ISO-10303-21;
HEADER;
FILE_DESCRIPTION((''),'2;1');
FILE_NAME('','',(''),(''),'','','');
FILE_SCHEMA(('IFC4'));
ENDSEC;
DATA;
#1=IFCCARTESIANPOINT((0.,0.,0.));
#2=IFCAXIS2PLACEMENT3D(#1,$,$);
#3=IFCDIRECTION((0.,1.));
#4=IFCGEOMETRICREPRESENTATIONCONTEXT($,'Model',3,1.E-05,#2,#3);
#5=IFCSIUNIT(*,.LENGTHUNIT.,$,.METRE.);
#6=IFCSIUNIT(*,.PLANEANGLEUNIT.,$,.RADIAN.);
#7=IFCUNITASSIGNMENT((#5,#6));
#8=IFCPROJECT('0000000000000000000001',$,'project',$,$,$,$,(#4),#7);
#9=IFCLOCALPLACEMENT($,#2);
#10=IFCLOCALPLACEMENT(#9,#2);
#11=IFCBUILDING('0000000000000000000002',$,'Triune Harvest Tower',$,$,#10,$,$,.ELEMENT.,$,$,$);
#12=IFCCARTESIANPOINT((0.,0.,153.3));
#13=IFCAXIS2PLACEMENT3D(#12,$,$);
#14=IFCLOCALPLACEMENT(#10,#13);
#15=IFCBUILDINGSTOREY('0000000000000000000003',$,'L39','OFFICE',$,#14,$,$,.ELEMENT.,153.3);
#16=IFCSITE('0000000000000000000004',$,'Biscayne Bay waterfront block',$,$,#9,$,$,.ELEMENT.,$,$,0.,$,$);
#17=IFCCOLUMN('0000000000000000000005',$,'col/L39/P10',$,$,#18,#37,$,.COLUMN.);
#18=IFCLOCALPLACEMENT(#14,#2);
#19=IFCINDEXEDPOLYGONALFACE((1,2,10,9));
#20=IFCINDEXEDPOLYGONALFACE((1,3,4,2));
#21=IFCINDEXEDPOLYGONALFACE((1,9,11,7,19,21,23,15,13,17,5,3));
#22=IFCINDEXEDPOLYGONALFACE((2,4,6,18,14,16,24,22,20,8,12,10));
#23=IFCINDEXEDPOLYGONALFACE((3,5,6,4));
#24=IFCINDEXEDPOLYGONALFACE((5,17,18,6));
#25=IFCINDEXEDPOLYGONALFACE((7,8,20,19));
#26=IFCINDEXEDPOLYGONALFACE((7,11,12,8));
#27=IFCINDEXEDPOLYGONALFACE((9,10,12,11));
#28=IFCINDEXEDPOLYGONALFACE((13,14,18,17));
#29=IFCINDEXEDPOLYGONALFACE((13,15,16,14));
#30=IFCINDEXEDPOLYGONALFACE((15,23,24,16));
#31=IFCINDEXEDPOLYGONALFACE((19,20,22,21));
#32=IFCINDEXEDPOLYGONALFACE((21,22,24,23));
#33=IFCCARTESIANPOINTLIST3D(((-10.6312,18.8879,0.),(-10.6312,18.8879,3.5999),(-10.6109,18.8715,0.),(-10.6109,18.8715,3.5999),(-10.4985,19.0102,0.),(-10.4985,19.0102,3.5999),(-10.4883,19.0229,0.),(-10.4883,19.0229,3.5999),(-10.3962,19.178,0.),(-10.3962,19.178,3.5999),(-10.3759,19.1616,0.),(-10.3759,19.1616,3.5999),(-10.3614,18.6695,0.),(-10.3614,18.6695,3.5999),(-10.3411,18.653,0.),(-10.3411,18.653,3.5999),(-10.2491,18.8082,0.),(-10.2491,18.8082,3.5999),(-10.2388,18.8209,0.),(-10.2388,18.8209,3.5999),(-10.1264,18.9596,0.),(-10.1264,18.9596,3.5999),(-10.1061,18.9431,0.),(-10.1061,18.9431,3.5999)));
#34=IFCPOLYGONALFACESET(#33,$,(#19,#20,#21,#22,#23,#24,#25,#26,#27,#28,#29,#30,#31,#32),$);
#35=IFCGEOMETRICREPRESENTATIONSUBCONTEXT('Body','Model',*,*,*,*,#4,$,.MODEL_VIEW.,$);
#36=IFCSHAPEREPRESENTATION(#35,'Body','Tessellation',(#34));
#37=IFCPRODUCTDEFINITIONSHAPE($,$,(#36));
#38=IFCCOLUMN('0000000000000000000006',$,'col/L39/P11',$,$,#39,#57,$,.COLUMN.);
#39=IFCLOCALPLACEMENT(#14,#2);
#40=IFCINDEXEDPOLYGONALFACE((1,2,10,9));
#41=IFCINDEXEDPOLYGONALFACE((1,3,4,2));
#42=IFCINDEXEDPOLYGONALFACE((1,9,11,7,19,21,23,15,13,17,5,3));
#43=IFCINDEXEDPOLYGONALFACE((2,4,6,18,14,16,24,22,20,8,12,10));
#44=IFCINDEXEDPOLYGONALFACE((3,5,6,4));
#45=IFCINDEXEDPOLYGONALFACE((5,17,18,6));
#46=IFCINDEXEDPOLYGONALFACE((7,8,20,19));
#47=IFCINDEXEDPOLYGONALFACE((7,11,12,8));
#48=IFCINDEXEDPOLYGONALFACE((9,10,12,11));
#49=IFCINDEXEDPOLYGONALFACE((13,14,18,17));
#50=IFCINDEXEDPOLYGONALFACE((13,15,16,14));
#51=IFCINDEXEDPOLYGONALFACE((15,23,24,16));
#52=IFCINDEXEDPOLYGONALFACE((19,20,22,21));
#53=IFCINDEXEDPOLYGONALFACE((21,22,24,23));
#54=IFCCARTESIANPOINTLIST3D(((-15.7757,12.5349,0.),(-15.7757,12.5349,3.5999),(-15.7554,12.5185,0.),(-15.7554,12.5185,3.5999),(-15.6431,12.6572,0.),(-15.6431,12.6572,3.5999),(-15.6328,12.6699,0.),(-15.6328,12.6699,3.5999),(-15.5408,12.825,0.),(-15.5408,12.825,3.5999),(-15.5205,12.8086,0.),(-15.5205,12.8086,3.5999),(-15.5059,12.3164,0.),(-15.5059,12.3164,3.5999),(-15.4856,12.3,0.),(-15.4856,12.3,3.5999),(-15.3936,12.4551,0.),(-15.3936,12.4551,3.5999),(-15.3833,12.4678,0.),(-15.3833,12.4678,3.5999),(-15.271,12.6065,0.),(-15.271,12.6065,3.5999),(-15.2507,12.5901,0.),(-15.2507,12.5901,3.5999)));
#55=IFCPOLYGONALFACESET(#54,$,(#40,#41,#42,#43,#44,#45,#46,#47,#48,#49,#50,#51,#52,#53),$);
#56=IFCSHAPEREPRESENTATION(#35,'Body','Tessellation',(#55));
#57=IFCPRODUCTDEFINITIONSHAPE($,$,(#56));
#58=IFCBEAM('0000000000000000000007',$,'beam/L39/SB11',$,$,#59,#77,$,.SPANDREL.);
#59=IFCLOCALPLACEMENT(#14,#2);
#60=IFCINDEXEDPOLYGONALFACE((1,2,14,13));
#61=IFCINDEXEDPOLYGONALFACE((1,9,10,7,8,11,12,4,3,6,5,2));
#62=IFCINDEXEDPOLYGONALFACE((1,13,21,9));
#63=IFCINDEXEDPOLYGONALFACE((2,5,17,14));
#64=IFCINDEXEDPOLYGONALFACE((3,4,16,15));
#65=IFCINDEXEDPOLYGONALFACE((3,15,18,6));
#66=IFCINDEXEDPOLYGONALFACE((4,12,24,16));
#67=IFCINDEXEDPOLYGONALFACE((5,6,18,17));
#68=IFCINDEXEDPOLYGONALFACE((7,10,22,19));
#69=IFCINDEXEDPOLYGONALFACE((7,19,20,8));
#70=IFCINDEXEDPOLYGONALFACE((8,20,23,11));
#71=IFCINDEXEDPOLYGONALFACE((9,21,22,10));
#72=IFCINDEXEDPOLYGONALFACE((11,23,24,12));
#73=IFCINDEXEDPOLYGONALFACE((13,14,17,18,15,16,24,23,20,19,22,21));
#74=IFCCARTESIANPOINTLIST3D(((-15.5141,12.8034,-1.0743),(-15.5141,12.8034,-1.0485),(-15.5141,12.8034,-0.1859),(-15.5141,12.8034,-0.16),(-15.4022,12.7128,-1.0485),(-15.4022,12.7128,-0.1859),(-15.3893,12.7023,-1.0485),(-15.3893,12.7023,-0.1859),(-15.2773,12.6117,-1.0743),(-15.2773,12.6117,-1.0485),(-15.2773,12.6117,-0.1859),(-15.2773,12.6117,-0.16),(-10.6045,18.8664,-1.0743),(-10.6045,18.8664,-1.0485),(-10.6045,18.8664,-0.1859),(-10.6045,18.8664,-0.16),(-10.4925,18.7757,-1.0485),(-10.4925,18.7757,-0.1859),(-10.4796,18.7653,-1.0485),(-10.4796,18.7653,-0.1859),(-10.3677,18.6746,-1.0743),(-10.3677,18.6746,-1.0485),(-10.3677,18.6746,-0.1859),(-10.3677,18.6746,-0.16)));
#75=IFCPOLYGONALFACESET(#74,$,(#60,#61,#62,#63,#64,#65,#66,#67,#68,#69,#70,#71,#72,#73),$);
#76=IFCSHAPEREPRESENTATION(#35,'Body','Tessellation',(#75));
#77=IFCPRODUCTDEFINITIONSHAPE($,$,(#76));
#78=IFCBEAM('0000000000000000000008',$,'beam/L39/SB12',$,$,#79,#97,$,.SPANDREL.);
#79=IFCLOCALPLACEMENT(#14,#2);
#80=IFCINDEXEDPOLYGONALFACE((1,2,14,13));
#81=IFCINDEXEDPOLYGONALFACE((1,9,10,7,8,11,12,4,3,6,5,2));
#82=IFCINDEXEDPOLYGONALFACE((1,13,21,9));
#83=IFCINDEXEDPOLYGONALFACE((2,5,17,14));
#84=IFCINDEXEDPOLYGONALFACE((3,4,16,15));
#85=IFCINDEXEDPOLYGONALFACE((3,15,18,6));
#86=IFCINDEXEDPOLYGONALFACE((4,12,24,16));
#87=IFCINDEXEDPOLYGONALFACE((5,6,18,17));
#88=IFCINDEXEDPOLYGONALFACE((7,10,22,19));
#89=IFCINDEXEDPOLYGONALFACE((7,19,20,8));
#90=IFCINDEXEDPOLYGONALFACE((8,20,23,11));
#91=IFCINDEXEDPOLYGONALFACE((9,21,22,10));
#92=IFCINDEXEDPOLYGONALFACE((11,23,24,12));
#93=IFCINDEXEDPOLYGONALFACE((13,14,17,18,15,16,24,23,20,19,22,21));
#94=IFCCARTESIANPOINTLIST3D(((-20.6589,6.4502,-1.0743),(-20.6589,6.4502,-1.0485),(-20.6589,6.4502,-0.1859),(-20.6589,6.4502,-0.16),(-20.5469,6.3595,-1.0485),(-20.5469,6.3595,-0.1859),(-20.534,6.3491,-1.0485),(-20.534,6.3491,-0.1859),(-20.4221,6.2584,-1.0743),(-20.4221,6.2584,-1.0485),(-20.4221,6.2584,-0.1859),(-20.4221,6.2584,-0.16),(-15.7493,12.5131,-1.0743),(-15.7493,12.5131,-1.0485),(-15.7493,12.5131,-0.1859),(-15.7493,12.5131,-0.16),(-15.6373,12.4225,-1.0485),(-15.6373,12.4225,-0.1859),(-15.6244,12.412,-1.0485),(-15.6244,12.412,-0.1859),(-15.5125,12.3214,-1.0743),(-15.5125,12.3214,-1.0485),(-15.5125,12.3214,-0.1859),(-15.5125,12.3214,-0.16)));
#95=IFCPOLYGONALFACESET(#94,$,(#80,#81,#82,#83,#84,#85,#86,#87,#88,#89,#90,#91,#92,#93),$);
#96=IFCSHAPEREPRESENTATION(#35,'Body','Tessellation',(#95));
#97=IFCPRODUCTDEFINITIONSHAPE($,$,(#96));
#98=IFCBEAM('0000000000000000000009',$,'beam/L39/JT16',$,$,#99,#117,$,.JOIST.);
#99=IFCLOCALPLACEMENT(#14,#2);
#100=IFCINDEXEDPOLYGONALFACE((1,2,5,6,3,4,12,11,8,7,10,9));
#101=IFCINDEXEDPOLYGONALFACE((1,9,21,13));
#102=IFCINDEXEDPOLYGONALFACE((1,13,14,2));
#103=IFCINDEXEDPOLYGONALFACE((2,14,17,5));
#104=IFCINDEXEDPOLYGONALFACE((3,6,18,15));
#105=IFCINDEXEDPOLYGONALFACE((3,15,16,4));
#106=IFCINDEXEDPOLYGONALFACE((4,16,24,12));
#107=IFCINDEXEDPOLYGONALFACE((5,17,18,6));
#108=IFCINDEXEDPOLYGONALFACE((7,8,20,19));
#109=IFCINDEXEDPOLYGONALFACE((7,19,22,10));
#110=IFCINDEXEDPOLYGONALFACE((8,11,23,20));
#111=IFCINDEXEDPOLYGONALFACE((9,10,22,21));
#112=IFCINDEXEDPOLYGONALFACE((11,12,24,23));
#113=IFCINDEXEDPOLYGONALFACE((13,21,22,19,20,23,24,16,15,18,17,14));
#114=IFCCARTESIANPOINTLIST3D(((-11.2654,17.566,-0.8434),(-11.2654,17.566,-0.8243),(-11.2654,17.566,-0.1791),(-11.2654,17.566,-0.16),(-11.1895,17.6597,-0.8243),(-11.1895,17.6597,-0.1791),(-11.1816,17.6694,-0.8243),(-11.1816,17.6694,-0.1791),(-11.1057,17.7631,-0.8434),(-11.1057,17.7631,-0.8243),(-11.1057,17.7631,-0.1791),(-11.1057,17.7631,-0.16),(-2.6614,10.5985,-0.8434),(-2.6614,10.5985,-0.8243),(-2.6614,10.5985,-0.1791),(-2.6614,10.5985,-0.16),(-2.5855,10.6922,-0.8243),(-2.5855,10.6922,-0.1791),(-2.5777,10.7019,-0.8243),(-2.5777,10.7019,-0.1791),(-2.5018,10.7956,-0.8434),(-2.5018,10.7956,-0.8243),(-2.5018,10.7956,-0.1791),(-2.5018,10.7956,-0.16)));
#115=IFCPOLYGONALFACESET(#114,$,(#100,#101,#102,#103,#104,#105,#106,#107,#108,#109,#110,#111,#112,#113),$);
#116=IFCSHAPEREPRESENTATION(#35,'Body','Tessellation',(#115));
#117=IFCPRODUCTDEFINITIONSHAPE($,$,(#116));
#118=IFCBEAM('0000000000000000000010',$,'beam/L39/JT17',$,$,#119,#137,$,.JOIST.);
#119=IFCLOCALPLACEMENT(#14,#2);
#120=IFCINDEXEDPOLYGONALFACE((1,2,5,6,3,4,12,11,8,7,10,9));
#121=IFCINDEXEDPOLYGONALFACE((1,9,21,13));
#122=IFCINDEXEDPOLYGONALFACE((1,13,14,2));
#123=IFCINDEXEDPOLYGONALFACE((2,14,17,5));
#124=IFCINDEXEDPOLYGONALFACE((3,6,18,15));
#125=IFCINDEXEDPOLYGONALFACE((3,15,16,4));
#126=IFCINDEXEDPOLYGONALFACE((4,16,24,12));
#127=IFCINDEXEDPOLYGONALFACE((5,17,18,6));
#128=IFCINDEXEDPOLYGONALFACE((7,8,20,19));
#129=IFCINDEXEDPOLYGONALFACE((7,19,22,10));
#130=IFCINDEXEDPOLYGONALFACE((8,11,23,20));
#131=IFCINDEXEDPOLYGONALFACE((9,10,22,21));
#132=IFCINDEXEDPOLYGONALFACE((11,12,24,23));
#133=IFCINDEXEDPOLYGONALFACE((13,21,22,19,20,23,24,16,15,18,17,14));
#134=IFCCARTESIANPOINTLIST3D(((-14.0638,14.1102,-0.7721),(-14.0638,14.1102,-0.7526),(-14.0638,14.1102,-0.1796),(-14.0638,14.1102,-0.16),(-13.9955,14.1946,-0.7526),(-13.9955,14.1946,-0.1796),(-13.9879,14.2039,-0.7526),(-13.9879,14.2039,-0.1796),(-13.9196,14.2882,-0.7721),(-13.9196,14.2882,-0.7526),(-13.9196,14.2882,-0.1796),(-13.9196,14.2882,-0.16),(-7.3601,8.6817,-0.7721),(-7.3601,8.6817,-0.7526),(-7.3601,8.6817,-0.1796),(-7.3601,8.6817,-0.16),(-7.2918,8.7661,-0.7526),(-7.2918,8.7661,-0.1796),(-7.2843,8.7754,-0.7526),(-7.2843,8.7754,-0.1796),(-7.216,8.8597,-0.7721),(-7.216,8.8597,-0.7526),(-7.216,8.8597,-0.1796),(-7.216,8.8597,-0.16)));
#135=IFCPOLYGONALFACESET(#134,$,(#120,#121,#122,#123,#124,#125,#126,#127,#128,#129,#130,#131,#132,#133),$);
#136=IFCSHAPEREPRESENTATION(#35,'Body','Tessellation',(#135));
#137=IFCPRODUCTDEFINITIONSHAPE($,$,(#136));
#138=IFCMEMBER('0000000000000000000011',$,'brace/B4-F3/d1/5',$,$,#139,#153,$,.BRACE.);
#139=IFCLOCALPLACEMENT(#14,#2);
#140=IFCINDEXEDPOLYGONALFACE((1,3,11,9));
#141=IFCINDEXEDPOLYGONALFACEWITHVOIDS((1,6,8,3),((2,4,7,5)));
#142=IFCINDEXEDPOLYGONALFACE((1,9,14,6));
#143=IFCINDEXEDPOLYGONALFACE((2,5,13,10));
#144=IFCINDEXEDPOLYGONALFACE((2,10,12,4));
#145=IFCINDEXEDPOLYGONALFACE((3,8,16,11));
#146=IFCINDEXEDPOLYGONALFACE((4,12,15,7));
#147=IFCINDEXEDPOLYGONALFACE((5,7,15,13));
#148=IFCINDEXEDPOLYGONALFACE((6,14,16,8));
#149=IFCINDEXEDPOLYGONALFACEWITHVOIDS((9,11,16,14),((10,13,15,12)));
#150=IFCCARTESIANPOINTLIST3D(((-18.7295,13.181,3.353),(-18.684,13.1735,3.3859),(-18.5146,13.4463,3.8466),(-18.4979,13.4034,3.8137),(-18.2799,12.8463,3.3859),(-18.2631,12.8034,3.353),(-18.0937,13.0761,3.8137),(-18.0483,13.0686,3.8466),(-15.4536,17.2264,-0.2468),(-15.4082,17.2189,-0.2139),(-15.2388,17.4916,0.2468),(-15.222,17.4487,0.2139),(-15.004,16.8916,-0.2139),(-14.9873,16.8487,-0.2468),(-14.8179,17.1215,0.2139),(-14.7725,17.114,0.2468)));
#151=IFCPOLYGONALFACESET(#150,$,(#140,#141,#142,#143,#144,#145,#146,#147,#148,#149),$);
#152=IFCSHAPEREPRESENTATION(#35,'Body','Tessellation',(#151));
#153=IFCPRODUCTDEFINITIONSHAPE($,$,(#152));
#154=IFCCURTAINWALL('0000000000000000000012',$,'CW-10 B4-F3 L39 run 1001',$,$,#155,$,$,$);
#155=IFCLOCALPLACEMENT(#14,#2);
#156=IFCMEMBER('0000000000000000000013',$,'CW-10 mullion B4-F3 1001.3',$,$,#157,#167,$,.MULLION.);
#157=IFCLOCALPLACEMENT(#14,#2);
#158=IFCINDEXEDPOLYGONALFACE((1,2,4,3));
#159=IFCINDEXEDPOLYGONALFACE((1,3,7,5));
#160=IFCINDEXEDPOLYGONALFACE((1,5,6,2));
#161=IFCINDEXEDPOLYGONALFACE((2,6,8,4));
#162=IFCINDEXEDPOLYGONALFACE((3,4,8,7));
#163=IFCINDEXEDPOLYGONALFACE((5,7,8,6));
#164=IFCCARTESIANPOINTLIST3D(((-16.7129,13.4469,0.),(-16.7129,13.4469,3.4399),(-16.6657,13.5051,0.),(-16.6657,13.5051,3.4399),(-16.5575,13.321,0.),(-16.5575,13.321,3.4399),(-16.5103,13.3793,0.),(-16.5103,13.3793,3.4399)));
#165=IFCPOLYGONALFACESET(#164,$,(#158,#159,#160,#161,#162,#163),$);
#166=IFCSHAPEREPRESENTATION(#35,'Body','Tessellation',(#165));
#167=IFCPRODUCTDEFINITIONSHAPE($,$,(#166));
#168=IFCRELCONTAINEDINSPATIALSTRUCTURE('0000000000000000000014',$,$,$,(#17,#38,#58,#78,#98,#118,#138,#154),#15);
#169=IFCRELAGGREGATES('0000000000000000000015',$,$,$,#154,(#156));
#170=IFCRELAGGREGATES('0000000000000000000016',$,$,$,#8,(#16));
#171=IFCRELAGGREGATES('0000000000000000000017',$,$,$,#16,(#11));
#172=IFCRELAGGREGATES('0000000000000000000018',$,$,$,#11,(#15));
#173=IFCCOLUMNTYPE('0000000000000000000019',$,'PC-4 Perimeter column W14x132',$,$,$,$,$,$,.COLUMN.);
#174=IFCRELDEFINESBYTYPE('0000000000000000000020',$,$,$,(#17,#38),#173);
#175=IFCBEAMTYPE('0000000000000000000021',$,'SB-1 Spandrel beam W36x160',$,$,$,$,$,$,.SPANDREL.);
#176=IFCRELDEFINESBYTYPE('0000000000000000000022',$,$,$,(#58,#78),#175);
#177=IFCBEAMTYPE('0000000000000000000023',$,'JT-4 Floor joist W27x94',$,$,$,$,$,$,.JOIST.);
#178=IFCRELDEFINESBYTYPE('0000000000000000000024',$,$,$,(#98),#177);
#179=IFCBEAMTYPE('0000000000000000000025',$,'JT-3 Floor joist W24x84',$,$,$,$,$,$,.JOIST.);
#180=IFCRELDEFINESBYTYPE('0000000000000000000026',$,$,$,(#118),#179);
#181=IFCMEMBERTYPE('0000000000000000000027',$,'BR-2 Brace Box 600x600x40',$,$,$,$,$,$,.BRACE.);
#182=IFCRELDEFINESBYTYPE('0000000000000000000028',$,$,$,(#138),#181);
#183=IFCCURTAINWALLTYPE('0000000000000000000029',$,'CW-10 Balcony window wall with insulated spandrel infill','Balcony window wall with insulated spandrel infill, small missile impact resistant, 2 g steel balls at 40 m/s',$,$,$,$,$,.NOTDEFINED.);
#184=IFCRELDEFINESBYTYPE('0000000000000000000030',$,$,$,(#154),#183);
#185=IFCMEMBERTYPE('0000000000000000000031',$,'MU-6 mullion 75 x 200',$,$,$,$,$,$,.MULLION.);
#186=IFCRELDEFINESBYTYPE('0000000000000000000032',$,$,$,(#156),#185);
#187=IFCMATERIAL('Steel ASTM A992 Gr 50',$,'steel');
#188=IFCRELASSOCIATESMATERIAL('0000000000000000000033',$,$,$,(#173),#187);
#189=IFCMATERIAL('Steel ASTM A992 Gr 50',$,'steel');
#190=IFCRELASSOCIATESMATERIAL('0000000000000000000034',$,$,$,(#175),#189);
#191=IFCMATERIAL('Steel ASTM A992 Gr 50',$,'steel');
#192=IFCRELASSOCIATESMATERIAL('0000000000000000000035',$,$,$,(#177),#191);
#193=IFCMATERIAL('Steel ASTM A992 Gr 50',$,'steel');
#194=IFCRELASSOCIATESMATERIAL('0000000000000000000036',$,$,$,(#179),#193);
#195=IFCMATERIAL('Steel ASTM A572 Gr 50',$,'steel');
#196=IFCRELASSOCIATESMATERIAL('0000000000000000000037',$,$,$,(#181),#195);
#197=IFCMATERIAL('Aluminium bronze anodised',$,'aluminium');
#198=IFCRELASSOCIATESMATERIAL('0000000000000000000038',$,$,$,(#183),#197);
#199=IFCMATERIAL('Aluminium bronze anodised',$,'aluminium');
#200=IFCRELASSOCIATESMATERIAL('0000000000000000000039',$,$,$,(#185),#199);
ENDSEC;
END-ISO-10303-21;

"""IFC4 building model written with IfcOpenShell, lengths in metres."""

from ifc_helpers import new_model, si_unit, direction, frame, origin, origin_2d, place, context, subcontext, project, spatial, rectangle, hollow_rectangle, i_section, extrude, source, transform, mapped, material, material_profile, profile_set, type_object, element, aggregate, save


model = new_model("IFC4")

# Units and contexts
model_context = context("Model", 3, precision=1e-05, world=origin(), true_north=direction((0.0, 1.0)))
body_context = subcontext(model_context, "Body", "Model", "MODEL_VIEW")
ifc_project = project(units=[si_unit("LENGTHUNIT", "METRE"), si_unit("PLANEANGLEUNIT", "RADIAN")], contexts=[model_context])

# Site, building, storey
site_placement = place(None, origin())
site = spatial("IfcSite", under=ifc_project, at=site_placement, Name="Biscayne Bay waterfront block", CompositionType="ELEMENT", RefElevation=0.0)
building_placement = place(site_placement, origin())
building = spatial("IfcBuilding", under=site, at=building_placement, Name="Triune Harvest Tower", CompositionType="ELEMENT")
storey_placement = place(building_placement, frame((0.0, 0.0, 153.3)))
storey = spatial("IfcBuildingStorey", under=building, at=storey_placement, Name="L39", Description="OFFICE", CompositionType="ELEMENT", Elevation=153.3)

# Columns
ifc_material_1 = material(Name="Steel ASTM A992 Gr 50", Category="steel")
ifc_material_profile_1 = material_profile(ifc_material_1, i_section(OverallWidth=0.3733, OverallDepth=0.3733, WebThickness=0.0164, FlangeThickness=0.0261, at=origin_2d()), Name="W14x132")
ifc_profile_set_1 = profile_set([ifc_material_profile_1], Name="Steel ASTM A992 Gr 50")
column_type = type_object("IfcColumnType", Name="PC-4 Perimeter column W14x132", PredefinedType="COLUMN", material=ifc_profile_set_1)
shared_shape_1 = source(origin(), body_context, "Body", "SweptSolid", [
    extrude(i_section(OverallWidth=0.3733, OverallDepth=0.3733, WebThickness=0.0164, FlangeThickness=0.0261, at=origin_2d()), origin(), (0.0, 0.0, 1.0), 3.5999),
])
for number, where, z_axis, x_axis, name in (
    (1, (-10.3687, 18.9155, 0.0), (0.0, 0.0, 1.0), (-0.629322, -0.777145, 0.0), "col/L39/P10"),
    (2, (-15.5132, 12.5625, 0.0), (0.0, 0.0, 1.0), (-0.629322, -0.777145, 0.0), "col/L39/P11"),
):
    element("IfcColumn", number, at=place(storey_placement, frame(where, z_axis=z_axis, x_axis=x_axis)), inside=storey, type_object=column_type, Name=name, PredefinedType="COLUMN", context=body_context, shape_type="MappedRepresentation", body=[
        mapped(shared_shape_1, transform((0.0, 0.0, 0.0), scale=1.0)),
    ])

# Beams
ifc_material_2 = material(Name="Steel ASTM A992 Gr 50", Category="steel")
ifc_material_profile_2 = material_profile(ifc_material_2, i_section(OverallWidth=0.3047, OverallDepth=0.9143, WebThickness=0.0166, FlangeThickness=0.0259, at=origin_2d()), Name="W36x160")
ifc_profile_set_2 = profile_set([ifc_material_profile_2], Name="Steel ASTM A992 Gr 50")
beam_type_1 = type_object("IfcBeamType", Name="SB-1 Spandrel beam W36x160", PredefinedType="SPANDREL", material=ifc_profile_set_2)
shared_shape_2 = source(origin(), body_context, "Body", "SweptSolid", [
    extrude(i_section(OverallWidth=0.3047, OverallDepth=0.9143, WebThickness=0.0166, FlangeThickness=0.0259, at=origin_2d()), origin(), (0.0, 0.0, 1.0), 7.8015),
])
for number, where, z_axis, x_axis, name in (
    (3, (-10.4861, 18.7705, -0.6172), (-0.629317, -0.777149, 0.0), (0.777149, -0.629317, 0.0), "beam/L39/SB11"),
    (4, (-15.6309, 12.4172, -0.6172), (-0.629317, -0.777149, 0.0), (0.777149, -0.629317, 0.0), "beam/L39/SB12"),
):
    element("IfcBeam", number, at=place(storey_placement, frame(where, z_axis=z_axis, x_axis=x_axis)), inside=storey, type_object=beam_type_1, Name=name, PredefinedType="SPANDREL", context=body_context, shape_type="MappedRepresentation", body=[
        mapped(shared_shape_2, transform((0.0, 0.0, 0.0), scale=1.0)),
    ])
ifc_material_3 = material(Name="Steel ASTM A992 Gr 50", Category="steel")
ifc_material_profile_3 = material_profile(ifc_material_3, i_section(OverallWidth=0.2537, OverallDepth=0.6833, WebThickness=0.0125, FlangeThickness=0.019, at=origin_2d()), Name="W27x94")
ifc_profile_set_3 = profile_set([ifc_material_profile_3], Name="Steel ASTM A992 Gr 50")
beam_type_2 = type_object("IfcBeamType", Name="JT-4 Floor joist W27x94", PredefinedType="JOIST", material=ifc_profile_set_3)
shared_shape_3 = source(origin(), body_context, "Body", "SweptSolid", [
    extrude(i_section(OverallWidth=0.2537, OverallDepth=0.6833, WebThickness=0.0125, FlangeThickness=0.019, at=origin_2d()), origin(), (0.0, 0.0, 1.0), 11.0713),
])
beam_1_placement = place(storey_placement, frame((-11.1855, 17.6646, -0.5017), z_axis=(0.77714, -0.629328, 0.0), x_axis=(0.629328, 0.77714, 0.0)))
element("IfcBeam", 5, at=beam_1_placement, inside=storey, type_object=beam_type_2, Name="beam/L39/JT16", PredefinedType="JOIST", context=body_context, shape_type="MappedRepresentation", body=[
    mapped(shared_shape_3, transform((0.0, 0.0, 0.0), scale=1.0)),
])
ifc_material_4 = material(Name="Steel ASTM A992 Gr 50", Category="steel")
ifc_material_profile_4 = material_profile(ifc_material_4, i_section(OverallWidth=0.229, OverallDepth=0.6121, WebThickness=0.012, FlangeThickness=0.0195, at=origin_2d()), Name="W24x84")
ifc_profile_set_4 = profile_set([ifc_material_profile_4], Name="Steel ASTM A992 Gr 50")
beam_type_3 = type_object("IfcBeamType", Name="JT-3 Floor joist W24x84", PredefinedType="JOIST", material=ifc_profile_set_4)
shared_shape_4 = source(origin(), body_context, "Body", "SweptSolid", [
    extrude(i_section(OverallWidth=0.229, OverallDepth=0.6121, WebThickness=0.012, FlangeThickness=0.0195, at=origin_2d()), origin(), (0.0, 0.0, 1.0), 8.626),
])
beam_2_placement = place(storey_placement, frame((-13.9917, 14.1992, -0.4661), z_axis=(0.777147, -0.62932, 0.0), x_axis=(0.62932, 0.777147, 0.0)))
element("IfcBeam", 6, at=beam_2_placement, inside=storey, type_object=beam_type_3, Name="beam/L39/JT17", PredefinedType="JOIST", context=body_context, shape_type="MappedRepresentation", body=[
    mapped(shared_shape_4, transform((0.0, 0.0, 0.0), scale=1.0)),
])

# Member
ifc_material_5 = material(Name="Steel ASTM A572 Gr 50", Category="steel")
ifc_material_profile_5 = material_profile(ifc_material_5, hollow_rectangle(XDim=0.6001, YDim=0.6001, WallThickness=0.04, at=origin_2d()), Name="Box 600x600x40")
ifc_profile_set_5 = profile_set([ifc_material_profile_5], Name="Steel ASTM A572 Gr 50")
member_type_1 = type_object("IfcMemberType", Name="BR-2 Brace Box 600x600x40", PredefinedType="BRACE", material=ifc_profile_set_5)
shared_shape_5 = source(origin(), body_context, "Body", "SweptSolid", [
    extrude(hollow_rectangle(XDim=0.6001, YDim=0.6001, WallThickness=0.04, at=origin_2d()), origin(), (0.0, 0.0, 1.0), 6.3289),
])
member_1_placement = place(storey_placement, frame((-15.113, 17.1702, 0.0), z_axis=(-0.517602, -0.639191, 0.568791), x_axis=(0.777149, -0.629317, 0.0)))
element("IfcMember", 7, at=member_1_placement, inside=storey, type_object=member_type_1, Name="brace/B4-F3/d1/5", PredefinedType="BRACE", context=body_context, shape_type="MappedRepresentation", body=[
    mapped(shared_shape_5, transform((0.0, 0.0, 0.0), scale=1.0)),
])

# Curtain wall, member
ifc_material_6 = material(Name="Aluminium bronze anodised", Category="aluminium")
curtain_wall_type = type_object("IfcCurtainWallType", Name="CW-10 Balcony window wall with insulated spandrel infill", Description="Balcony window wall with insulated spandrel infill, small missile impact resistant, 2 g steel balls at 40 m/s", PredefinedType="NOTDEFINED", material=ifc_material_6)
curtain_wall_placement = place(storey_placement, origin())
curtain_wall = element("IfcCurtainWall", 8, at=curtain_wall_placement, inside=storey, type_object=curtain_wall_type, Name="CW-10 B4-F3 L39 run 1001")
ifc_material_7 = material(Name="Aluminium bronze anodised", Category="aluminium")
ifc_material_profile_6 = material_profile(ifc_material_7, rectangle(XDim=0.2, YDim=0.075, at=origin_2d()), Name="MU-6 mullion 75 x 200")
ifc_profile_set_6 = profile_set([ifc_material_profile_6], Name="Aluminium bronze anodised")
member_type_2 = type_object("IfcMemberType", Name="MU-6 mullion 75 x 200", PredefinedType="MULLION", material=ifc_profile_set_6)
shared_shape_6 = source(origin(), body_context, "Body", "SweptSolid", [
    extrude(rectangle(XDim=0.2, YDim=0.075, at=origin_2d()), origin(), (0.0, 0.0, 1.0), 3.4399),
])
member_2_placement = place(storey_placement, frame((-16.6116, 13.4131, 0.0), z_axis=(0.0, 0.0, 1.0), x_axis=(0.777145, -0.629322, 0.0)))
member_2 = element("IfcMember", 9, at=member_2_placement, type_object=member_type_2, Name="CW-10 mullion B4-F3 1001.3", PredefinedType="MULLION", context=body_context, shape_type="MappedRepresentation", body=[
    mapped(shared_shape_6, transform((0.0, 0.0, 0.0), scale=1.0)),
])
aggregate(curtain_wall, [member_2])

save(model, "model.ifc")
